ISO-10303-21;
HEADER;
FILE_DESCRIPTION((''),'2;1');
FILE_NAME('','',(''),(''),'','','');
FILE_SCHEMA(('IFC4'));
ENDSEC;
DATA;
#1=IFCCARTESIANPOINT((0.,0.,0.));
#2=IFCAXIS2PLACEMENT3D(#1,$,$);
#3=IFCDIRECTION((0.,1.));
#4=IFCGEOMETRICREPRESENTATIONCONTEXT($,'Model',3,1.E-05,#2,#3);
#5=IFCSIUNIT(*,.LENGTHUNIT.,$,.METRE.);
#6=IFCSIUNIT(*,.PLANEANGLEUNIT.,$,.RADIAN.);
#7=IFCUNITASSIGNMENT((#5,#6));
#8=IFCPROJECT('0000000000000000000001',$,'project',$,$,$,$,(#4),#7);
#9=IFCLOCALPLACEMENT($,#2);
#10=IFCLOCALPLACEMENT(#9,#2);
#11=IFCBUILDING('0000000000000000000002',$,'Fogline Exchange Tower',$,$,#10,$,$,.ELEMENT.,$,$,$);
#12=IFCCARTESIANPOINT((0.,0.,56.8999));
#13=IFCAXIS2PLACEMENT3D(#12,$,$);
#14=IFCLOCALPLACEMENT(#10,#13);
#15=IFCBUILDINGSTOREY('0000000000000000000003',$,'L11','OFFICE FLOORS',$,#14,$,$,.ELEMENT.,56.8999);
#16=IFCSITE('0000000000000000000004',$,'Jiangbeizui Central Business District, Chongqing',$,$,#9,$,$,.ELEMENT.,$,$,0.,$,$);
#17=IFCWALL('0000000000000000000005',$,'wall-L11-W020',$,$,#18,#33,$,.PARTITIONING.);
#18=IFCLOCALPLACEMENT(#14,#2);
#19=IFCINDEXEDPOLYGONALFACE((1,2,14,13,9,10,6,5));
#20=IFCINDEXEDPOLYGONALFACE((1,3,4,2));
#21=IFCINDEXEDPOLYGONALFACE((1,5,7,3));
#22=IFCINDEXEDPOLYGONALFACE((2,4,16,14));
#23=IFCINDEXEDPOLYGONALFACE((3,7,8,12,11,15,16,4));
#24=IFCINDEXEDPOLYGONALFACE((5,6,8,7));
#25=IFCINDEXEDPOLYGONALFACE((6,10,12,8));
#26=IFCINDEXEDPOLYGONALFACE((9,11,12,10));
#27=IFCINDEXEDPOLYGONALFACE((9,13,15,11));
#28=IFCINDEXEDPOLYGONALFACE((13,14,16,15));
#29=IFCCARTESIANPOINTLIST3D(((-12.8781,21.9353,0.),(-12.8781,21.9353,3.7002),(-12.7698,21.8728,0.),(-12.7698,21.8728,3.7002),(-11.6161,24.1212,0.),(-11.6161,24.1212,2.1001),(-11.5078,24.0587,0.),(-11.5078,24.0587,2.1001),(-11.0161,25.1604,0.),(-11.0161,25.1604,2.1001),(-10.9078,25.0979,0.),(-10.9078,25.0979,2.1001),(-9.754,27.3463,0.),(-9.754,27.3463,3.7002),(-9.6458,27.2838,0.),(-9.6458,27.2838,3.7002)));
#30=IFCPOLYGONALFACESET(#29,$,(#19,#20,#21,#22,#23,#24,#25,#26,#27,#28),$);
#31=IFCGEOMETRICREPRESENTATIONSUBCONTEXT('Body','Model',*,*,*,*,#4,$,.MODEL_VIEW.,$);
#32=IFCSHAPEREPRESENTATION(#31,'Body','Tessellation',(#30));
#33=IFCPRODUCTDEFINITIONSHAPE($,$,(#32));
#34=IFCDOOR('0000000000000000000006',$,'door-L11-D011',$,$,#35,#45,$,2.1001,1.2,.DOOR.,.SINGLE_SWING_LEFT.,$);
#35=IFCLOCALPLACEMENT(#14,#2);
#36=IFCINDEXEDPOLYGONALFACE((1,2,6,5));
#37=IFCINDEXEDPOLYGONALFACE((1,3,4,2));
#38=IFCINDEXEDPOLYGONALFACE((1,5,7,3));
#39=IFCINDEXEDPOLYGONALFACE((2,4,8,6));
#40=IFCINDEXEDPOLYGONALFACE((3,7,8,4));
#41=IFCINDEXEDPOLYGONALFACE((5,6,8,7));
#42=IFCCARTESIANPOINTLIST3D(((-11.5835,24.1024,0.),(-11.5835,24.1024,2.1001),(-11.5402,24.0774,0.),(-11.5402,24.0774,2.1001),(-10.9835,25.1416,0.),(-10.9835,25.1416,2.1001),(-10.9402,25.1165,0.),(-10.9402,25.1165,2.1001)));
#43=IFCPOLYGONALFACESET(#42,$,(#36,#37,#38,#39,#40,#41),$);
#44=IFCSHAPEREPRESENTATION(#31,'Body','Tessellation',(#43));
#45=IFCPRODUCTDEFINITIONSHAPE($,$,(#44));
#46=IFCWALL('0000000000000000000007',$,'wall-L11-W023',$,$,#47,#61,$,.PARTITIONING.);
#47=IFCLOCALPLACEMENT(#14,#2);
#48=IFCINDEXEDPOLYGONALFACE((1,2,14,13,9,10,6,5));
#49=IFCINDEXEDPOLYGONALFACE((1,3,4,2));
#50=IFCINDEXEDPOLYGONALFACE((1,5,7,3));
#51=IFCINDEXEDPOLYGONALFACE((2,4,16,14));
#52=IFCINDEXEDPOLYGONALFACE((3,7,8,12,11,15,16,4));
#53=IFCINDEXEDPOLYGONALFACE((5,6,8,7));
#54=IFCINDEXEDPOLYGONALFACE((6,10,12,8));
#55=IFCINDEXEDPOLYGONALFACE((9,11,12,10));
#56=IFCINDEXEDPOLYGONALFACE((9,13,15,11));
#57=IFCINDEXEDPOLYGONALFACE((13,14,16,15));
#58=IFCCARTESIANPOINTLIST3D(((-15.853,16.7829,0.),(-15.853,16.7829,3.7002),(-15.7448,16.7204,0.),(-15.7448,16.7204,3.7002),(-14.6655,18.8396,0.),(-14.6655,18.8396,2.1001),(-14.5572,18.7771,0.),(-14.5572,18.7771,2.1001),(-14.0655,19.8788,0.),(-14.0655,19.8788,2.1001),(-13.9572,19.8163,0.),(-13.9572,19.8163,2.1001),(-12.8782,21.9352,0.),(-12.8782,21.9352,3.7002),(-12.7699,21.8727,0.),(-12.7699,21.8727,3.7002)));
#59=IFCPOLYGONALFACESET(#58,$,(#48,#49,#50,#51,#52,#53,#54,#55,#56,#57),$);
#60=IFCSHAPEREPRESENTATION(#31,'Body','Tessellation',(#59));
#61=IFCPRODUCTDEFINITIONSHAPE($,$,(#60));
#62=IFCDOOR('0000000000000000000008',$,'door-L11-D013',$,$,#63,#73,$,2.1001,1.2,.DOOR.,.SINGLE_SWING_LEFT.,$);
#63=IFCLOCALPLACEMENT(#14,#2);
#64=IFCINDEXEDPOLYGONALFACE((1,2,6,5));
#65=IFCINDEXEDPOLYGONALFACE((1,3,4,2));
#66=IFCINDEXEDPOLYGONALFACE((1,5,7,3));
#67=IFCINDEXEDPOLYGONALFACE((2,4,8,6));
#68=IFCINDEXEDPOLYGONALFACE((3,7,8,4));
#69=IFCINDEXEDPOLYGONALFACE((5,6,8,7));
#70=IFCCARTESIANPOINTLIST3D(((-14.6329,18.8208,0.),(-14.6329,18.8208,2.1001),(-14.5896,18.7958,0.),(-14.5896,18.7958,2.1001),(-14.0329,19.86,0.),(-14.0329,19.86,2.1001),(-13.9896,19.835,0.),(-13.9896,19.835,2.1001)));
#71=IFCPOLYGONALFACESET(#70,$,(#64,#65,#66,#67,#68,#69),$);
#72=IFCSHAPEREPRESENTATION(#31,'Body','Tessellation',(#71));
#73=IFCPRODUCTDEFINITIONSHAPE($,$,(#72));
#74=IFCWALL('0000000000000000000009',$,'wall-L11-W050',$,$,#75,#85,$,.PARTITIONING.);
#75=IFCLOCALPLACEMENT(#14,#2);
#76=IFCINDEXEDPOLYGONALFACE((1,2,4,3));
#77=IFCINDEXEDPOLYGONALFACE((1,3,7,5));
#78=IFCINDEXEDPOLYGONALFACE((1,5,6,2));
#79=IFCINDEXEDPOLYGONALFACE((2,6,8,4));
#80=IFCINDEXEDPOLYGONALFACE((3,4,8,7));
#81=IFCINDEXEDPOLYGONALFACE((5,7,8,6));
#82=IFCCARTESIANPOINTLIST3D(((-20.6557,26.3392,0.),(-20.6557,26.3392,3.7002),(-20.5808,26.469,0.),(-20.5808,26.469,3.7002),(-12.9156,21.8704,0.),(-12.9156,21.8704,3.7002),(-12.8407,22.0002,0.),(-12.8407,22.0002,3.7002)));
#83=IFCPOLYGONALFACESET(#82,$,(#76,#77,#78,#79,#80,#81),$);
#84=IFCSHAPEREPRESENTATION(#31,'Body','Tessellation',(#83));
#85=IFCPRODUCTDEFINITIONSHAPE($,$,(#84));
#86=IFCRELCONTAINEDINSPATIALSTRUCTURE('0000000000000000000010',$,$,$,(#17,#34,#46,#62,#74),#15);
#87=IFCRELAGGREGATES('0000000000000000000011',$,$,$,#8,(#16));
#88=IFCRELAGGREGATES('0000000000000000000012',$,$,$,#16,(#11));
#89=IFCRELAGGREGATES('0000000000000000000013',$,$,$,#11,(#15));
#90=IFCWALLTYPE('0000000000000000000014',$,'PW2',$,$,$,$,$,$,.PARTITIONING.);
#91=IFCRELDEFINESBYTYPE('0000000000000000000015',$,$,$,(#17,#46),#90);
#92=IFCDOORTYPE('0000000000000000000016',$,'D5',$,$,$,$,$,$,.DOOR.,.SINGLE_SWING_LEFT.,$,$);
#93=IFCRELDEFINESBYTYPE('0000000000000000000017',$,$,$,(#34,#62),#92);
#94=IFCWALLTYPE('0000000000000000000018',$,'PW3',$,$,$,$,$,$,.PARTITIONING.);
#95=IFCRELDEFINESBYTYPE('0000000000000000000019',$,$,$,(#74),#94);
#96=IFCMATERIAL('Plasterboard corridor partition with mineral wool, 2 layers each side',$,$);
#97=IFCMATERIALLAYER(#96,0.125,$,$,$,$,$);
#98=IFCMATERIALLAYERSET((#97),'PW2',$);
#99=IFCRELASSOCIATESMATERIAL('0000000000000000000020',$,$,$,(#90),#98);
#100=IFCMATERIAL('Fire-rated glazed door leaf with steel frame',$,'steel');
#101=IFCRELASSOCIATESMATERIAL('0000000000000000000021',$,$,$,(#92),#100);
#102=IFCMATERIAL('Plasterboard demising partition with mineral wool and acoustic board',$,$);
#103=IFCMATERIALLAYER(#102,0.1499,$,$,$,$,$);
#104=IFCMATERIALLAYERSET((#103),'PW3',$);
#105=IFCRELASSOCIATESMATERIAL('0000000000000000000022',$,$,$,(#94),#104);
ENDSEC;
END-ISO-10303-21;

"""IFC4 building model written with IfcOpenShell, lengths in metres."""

from ifc_helpers import new_model, si_unit, direction, frame, frame_2d, origin, place, context, subcontext, project, spatial, rectangle, extrude, material, layer, layer_set, type_object, element, fill, save


model = new_model("IFC4")

# Units and contexts
model_context = context("Model", 3, precision=1e-05, world=origin(), true_north=direction((0.0, 1.0)))
body_context = subcontext(model_context, "Body", "Model", "MODEL_VIEW")
ifc_project = project(units=[si_unit("LENGTHUNIT", "METRE"), si_unit("PLANEANGLEUNIT", "RADIAN")], contexts=[model_context])

# Site, building, storey
site_placement = place(None, origin())
site = spatial("IfcSite", under=ifc_project, at=site_placement, Name="Jiangbeizui Central Business District, Chongqing", CompositionType="ELEMENT", RefElevation=0.0)
building_placement = place(site_placement, origin())
building = spatial("IfcBuilding", under=site, at=building_placement, Name="Fogline Exchange Tower", CompositionType="ELEMENT")
storey_placement = place(building_placement, frame((0.0, 0.0, 56.8999)))
storey = spatial("IfcBuildingStorey", under=building, at=storey_placement, Name="L11", Description="OFFICE FLOORS", CompositionType="ELEMENT", Elevation=56.8999)

# Shared definitions
ifc_material_1 = material(Name="Plasterboard corridor partition with mineral wool, 2 layers each side")
ifc_layer_1 = layer(ifc_material_1, 0.125)
ifc_layer_set_1 = layer_set([ifc_layer_1], Name="PW2")
wall_type_1 = type_object("IfcWallType", Name="PW2", PredefinedType="PARTITIONING", material=ifc_layer_set_1)

# Walls, openings, doors
wall_1_placement = place(storey_placement, frame((-12.824, 21.9041, 0.0), z_axis=(0.0, 0.0, 1.0), x_axis=(0.500005, 0.866022, 0.0)))
wall_1 = element("IfcWall", 1, at=wall_1_placement, inside=storey, type_object=wall_type_1, Name="wall-L11-W020", PredefinedType="PARTITIONING", context=body_context, shape_type="SweptSolid", body=[
    extrude(rectangle(XDim=6.248, YDim=0.125, at=frame_2d((3.124, 0.0))), origin(), (0.0, 0.0, 1.0), 3.7002),
])
opening_1_placement = place(wall_1_placement, frame((2.5239, 0.0, 0.0)))
opening_1 = element("IfcOpeningElement", 2, at=opening_1_placement, cuts=wall_1, PredefinedType="OPENING", context=body_context, shape_type="SweptSolid", body=[
    extrude(rectangle(XDim=1.2, YDim=2.1001, at=frame_2d((0.6001, 1.05))), frame((0.0, 0.0725, 0.0), z_axis=(0.0, -1.0, 0.0), x_axis=(1.0, 0.0, 0.0)), (0.0, 0.0, 1.0), 0.145),
])
ifc_material_2 = material(Name="Fire-rated glazed door leaf with steel frame", Category="steel")
door_type = type_object("IfcDoorType", Name="D5", OperationType="SINGLE_SWING_LEFT", PredefinedType="DOOR", material=ifc_material_2)
door_1_placement = place(opening_1_placement, origin())
door_1 = element("IfcDoor", 3, at=door_1_placement, inside=storey, type_object=door_type, Name="door-L11-D011", OperationType="SINGLE_SWING_LEFT", OverallHeight=2.1001, OverallWidth=1.2, PredefinedType="DOOR", context=body_context, shape_type="SweptSolid", body=[
    extrude(rectangle(XDim=1.2, YDim=2.1001, at=frame_2d((0.6001, 1.05))), frame((0.0, 0.0249, 0.0), z_axis=(0.0, -1.0, 0.0), x_axis=(1.0, 0.0, 0.0)), (0.0, 0.0, 1.0), 0.05),
])
fill(opening_1, door_1)
wall_2_placement = place(storey_placement, frame((-15.7988, 16.7517, 0.0), z_axis=(0.0, 0.0, 1.0), x_axis=(0.500018, 0.866015, 0.0)))
wall_2 = element("IfcWall", 4, at=wall_2_placement, inside=storey, type_object=wall_type_1, Name="wall-L11-W023", PredefinedType="PARTITIONING", context=body_context, shape_type="SweptSolid", body=[
    extrude(rectangle(XDim=5.9495, YDim=0.125, at=frame_2d((2.9746, 0.0))), origin(), (0.0, 0.0, 1.0), 3.7002),
])
opening_2_placement = place(wall_2_placement, frame((2.3748, 0.0, 0.0)))
opening_2 = element("IfcOpeningElement", 5, at=opening_2_placement, cuts=wall_2, PredefinedType="OPENING", context=body_context, shape_type="SweptSolid", body=[
    extrude(rectangle(XDim=1.2, YDim=2.1001, at=frame_2d((0.6001, 1.05))), frame((0.0, 0.0725, 0.0), z_axis=(0.0, -1.0, 0.0), x_axis=(1.0, 0.0, 0.0)), (0.0, 0.0, 1.0), 0.145),
])
door_2_placement = place(opening_2_placement, origin())
door_2 = element("IfcDoor", 6, at=door_2_placement, inside=storey, type_object=door_type, Name="door-L11-D013", OperationType="SINGLE_SWING_LEFT", OverallHeight=2.1001, OverallWidth=1.2, PredefinedType="DOOR", context=body_context, shape_type="SweptSolid", body=[
    extrude(rectangle(XDim=1.2, YDim=2.1001, at=frame_2d((0.6001, 1.05))), frame((0.0, 0.0249, 0.0), z_axis=(0.0, -1.0, 0.0), x_axis=(1.0, 0.0, 0.0)), (0.0, 0.0, 1.0), 0.05),
])
fill(opening_2, door_2)

# Wall
ifc_material_3 = material(Name="Plasterboard demising partition with mineral wool and acoustic board")
ifc_layer_2 = layer(ifc_material_3, 0.1499)
ifc_layer_set_2 = layer_set([ifc_layer_2], Name="PW3")
wall_type_2 = type_object("IfcWallType", Name="PW3", PredefinedType="PARTITIONING", material=ifc_layer_set_2)
wall_3_placement = place(storey_placement, frame((-12.8782, 21.9353, 0.0), z_axis=(0.0, 0.0, 1.0), x_axis=(-0.866022, 0.500005, 0.0)))
element("IfcWall", 7, at=wall_3_placement, inside=storey, type_object=wall_type_2, Name="wall-L11-W050", PredefinedType="PARTITIONING", context=body_context, shape_type="SweptSolid", body=[
    extrude(rectangle(XDim=8.9375, YDim=0.1499, at=frame_2d((4.4688, 0.0))), origin(), (0.0, 0.0, 1.0), 3.7002),
])

save(model, "model.ifc")
